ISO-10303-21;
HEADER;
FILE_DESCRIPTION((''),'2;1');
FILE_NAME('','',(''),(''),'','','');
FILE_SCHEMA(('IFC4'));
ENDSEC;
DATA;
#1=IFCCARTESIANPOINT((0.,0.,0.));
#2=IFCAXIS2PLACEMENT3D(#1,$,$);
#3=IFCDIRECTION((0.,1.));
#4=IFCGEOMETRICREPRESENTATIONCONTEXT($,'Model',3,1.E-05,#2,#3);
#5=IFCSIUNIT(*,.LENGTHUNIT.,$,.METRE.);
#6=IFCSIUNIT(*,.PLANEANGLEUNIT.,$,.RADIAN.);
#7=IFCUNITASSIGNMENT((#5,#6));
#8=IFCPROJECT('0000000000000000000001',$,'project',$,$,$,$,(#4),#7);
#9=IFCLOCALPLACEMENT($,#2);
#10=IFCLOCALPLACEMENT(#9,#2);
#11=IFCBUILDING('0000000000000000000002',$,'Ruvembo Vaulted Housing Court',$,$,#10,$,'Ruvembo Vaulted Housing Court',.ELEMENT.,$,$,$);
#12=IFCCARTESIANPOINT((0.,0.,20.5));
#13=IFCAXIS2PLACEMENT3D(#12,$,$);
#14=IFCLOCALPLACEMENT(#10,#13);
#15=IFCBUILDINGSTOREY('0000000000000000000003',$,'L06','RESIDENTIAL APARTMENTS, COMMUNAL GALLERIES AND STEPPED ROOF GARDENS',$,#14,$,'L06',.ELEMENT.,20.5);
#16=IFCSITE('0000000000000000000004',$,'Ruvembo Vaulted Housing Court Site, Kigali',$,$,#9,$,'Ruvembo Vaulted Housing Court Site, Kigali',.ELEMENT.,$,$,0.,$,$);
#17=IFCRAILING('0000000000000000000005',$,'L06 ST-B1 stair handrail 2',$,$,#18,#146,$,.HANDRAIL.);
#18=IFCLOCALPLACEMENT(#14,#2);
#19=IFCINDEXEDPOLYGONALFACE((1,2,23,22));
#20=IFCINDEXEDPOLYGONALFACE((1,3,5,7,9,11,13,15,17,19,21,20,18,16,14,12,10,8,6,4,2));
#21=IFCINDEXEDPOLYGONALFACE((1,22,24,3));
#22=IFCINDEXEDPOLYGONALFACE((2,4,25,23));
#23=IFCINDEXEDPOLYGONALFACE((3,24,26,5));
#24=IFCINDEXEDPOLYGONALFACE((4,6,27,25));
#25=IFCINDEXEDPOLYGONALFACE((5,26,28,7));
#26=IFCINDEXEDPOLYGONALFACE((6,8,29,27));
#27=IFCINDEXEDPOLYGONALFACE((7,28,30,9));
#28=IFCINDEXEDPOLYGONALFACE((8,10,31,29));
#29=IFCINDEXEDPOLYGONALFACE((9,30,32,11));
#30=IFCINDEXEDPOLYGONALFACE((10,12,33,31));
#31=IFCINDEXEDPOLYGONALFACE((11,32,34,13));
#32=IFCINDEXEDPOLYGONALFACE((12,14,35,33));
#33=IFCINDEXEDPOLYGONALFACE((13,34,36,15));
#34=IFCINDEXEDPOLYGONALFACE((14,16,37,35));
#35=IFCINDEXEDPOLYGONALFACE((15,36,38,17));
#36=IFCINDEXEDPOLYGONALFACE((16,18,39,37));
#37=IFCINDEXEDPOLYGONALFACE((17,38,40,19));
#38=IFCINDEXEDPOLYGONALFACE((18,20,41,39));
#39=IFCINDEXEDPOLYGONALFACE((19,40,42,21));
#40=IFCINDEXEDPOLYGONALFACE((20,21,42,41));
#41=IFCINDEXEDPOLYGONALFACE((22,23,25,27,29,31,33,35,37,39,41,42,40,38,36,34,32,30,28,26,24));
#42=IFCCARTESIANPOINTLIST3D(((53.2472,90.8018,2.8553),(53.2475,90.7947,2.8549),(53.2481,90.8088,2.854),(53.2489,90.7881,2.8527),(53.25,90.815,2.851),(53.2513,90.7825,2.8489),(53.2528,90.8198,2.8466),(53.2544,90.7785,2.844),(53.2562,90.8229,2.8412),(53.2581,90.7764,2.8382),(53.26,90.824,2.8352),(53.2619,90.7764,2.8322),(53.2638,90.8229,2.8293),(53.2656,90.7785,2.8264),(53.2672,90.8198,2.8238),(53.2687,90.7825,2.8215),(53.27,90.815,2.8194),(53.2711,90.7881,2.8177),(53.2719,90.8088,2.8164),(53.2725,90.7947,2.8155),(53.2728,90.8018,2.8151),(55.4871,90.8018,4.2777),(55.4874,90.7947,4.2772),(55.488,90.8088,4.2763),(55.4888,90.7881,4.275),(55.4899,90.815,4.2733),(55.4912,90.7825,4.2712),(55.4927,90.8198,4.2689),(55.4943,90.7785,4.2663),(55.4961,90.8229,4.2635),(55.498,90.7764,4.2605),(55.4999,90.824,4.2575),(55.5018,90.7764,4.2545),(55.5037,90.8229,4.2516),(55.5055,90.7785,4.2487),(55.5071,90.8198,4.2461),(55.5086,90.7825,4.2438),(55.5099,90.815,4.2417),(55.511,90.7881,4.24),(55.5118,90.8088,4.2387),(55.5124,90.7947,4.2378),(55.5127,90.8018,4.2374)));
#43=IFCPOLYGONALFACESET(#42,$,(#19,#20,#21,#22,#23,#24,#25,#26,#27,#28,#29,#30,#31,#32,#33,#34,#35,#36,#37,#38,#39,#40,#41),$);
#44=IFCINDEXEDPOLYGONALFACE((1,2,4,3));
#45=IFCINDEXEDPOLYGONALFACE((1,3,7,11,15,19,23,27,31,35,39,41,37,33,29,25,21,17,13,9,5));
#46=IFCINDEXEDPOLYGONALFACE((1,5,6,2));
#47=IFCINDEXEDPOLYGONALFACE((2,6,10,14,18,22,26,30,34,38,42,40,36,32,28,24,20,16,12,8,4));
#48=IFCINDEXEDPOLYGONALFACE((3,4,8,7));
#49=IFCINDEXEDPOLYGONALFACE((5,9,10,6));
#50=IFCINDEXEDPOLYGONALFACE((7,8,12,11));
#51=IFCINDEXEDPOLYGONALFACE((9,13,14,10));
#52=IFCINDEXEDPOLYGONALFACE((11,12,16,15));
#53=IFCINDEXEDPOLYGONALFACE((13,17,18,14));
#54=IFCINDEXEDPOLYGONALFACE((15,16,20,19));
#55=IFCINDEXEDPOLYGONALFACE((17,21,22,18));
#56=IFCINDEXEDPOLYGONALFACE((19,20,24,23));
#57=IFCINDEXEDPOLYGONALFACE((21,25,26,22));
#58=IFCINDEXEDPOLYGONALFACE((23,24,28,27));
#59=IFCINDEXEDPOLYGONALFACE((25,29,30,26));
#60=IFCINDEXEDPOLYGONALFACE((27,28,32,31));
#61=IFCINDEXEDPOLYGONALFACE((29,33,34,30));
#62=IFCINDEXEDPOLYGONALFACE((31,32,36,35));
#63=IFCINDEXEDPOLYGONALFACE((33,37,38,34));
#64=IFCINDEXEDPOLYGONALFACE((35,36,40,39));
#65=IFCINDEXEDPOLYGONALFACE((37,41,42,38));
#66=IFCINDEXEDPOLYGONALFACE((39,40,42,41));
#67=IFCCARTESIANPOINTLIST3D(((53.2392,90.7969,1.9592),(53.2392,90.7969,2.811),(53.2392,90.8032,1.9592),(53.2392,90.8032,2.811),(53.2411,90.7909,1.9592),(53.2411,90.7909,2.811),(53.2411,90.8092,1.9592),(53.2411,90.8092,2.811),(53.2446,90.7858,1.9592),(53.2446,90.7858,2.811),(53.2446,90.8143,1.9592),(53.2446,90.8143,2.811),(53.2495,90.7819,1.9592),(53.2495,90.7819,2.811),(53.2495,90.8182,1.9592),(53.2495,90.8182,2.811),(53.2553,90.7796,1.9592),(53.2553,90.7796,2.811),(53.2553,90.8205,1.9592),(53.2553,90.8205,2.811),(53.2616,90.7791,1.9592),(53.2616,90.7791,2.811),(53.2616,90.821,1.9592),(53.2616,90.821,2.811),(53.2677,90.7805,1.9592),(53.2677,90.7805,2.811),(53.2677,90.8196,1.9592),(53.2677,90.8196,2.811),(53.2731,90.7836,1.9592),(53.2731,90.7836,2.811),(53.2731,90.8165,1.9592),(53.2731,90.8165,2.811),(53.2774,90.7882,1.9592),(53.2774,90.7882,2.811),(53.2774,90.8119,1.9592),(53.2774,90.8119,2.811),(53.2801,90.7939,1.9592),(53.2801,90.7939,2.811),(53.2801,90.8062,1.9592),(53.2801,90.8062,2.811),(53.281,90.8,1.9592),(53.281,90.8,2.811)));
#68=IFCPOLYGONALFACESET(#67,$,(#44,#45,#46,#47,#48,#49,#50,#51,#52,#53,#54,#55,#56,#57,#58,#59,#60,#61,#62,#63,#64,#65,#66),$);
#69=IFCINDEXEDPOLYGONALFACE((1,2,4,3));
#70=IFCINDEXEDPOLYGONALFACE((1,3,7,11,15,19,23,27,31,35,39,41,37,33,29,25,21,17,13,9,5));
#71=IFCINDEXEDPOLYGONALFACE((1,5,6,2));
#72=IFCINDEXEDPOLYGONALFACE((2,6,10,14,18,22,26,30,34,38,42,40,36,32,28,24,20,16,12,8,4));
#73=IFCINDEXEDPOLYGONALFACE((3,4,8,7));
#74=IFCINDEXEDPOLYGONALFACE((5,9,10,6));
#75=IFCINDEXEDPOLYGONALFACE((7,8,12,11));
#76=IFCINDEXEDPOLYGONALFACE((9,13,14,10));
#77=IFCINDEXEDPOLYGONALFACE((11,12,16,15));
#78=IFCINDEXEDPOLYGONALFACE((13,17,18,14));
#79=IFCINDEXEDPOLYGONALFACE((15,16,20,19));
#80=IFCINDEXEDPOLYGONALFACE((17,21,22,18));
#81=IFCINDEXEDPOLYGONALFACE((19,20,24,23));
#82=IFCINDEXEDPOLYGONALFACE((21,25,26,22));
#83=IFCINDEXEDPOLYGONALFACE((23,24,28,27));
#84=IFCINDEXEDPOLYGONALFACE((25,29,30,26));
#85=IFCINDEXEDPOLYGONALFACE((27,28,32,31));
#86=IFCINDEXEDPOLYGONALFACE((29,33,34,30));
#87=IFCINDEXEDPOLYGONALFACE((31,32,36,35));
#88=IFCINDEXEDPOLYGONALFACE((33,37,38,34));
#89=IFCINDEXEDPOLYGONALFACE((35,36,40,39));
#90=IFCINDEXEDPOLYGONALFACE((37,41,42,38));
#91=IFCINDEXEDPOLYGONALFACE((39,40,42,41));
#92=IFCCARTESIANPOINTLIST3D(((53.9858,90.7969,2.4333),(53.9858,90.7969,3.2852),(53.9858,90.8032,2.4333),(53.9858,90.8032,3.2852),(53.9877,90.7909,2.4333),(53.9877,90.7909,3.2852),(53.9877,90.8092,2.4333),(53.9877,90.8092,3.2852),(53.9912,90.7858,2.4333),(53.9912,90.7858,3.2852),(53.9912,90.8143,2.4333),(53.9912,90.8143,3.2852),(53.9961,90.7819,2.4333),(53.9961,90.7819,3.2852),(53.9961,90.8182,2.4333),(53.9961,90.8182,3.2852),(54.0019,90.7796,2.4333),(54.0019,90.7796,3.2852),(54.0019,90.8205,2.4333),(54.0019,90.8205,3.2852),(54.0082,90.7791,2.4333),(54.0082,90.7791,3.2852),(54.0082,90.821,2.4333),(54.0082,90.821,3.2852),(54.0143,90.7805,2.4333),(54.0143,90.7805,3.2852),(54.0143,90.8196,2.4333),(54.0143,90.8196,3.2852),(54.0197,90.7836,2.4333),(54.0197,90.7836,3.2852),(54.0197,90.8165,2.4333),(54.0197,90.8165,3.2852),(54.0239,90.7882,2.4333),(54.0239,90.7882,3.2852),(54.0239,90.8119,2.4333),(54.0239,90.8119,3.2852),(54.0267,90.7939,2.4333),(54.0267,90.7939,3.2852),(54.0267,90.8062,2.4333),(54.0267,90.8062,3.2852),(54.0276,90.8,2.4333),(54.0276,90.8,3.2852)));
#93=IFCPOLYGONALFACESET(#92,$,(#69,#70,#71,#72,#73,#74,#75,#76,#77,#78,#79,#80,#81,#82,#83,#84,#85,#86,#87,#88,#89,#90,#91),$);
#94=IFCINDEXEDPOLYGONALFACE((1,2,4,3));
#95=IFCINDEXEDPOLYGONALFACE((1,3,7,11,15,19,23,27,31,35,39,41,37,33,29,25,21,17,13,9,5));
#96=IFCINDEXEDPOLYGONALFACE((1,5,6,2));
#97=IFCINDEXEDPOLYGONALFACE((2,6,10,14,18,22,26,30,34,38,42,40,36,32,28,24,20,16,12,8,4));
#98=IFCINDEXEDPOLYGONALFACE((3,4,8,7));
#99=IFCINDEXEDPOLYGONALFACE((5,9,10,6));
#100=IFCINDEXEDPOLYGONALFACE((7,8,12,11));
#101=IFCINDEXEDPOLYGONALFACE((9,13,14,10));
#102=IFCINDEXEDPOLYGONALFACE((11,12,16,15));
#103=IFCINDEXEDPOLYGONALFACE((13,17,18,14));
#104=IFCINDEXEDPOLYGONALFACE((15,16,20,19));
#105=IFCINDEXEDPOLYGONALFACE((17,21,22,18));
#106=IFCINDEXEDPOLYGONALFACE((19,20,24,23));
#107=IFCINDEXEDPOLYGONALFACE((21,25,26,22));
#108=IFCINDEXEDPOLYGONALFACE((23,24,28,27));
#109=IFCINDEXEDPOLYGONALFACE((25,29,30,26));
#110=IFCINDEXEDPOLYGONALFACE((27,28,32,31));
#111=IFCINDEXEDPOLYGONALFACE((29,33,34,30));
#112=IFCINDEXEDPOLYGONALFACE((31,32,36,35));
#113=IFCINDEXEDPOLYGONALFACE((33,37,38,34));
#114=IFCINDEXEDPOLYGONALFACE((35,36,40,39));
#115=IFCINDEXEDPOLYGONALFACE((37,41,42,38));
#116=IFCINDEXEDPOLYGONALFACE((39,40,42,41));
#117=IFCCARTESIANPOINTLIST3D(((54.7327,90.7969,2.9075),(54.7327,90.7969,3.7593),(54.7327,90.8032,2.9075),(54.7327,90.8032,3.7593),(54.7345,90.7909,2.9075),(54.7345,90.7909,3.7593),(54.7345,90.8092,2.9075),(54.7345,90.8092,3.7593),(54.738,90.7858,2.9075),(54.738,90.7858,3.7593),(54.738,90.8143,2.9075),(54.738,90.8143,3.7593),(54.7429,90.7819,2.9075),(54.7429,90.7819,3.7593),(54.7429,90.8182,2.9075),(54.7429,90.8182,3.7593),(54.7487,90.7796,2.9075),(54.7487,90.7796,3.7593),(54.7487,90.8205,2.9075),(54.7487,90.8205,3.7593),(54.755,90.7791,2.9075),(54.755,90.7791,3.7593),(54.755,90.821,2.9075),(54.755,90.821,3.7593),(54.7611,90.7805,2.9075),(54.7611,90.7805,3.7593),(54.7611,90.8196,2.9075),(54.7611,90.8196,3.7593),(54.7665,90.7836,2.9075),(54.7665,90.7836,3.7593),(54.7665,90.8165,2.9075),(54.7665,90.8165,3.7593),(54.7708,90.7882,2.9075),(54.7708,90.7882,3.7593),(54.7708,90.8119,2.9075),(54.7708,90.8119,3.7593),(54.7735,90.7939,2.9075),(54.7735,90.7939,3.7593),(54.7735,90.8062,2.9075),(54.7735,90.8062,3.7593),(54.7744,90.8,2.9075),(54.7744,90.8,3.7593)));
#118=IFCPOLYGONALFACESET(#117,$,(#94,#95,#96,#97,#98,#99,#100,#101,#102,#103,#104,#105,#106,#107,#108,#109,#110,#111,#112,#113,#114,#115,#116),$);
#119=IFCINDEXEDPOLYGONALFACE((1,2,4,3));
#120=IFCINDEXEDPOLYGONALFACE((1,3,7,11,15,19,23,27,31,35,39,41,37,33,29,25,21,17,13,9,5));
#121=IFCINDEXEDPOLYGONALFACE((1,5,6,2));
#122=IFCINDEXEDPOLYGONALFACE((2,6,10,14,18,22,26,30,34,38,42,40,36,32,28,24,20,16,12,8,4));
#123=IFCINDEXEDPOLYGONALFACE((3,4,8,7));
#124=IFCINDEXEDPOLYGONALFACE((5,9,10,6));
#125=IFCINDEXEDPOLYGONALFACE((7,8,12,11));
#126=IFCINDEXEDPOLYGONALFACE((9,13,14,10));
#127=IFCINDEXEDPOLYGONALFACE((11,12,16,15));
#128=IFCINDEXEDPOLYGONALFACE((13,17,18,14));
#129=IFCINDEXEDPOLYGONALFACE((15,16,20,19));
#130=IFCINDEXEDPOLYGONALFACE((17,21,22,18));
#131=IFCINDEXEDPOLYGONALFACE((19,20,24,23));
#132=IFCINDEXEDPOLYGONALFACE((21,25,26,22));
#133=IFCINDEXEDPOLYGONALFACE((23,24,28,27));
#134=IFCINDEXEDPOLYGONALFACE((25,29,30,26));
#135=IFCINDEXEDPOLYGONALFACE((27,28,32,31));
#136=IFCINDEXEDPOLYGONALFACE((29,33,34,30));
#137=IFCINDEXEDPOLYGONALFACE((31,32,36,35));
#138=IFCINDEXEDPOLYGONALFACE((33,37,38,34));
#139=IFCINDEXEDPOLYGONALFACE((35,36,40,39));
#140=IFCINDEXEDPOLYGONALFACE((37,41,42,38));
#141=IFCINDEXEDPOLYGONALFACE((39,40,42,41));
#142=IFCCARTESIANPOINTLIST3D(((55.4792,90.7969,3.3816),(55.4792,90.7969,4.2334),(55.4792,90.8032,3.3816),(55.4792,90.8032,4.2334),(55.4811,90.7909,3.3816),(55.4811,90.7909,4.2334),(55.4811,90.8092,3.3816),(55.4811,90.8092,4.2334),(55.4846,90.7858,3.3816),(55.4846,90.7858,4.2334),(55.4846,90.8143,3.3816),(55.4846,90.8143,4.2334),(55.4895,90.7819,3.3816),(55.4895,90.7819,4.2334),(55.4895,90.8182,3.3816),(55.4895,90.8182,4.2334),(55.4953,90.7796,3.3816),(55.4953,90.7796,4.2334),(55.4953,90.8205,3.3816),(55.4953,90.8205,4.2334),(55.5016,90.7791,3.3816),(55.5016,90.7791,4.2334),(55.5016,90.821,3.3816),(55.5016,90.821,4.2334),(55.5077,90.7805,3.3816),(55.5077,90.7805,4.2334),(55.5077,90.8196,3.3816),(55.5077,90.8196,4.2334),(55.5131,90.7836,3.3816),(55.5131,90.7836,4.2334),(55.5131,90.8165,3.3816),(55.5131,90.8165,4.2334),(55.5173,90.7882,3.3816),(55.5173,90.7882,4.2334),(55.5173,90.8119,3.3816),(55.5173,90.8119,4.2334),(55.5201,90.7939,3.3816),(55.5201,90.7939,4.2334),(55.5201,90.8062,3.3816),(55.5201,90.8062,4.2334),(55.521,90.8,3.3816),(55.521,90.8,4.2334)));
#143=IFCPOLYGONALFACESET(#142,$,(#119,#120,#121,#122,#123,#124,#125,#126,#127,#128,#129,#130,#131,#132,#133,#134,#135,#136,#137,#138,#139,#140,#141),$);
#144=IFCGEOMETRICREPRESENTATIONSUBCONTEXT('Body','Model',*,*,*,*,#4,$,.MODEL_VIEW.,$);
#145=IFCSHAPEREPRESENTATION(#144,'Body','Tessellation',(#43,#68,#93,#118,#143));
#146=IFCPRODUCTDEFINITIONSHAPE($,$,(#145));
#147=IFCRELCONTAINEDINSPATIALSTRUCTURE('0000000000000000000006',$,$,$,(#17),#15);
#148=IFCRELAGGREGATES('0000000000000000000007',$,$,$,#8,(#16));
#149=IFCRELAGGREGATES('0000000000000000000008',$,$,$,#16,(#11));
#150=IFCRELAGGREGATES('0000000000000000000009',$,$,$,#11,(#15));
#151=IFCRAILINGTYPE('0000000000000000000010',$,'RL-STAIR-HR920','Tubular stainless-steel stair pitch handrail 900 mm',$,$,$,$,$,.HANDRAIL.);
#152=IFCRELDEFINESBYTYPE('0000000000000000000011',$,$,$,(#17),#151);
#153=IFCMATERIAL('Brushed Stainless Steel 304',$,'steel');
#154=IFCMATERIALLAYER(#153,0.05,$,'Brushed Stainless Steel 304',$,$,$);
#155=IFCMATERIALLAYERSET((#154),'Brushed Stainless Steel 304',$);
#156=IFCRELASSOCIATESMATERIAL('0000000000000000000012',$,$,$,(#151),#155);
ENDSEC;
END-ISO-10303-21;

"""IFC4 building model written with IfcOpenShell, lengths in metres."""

from ifc_helpers import new_model, si_unit, direction, frame, origin, origin_2d, place, context, subcontext, project, spatial, circle, extrude, material, layer, layer_set, type_object, element, save


model = new_model("IFC4")

# Units and contexts
model_context = context("Model", 3, precision=1e-05, world=origin(), true_north=direction((0.0, 1.0)))
body_context = subcontext(model_context, "Body", "Model", "MODEL_VIEW")
ifc_project = project(units=[si_unit("LENGTHUNIT", "METRE"), si_unit("PLANEANGLEUNIT", "RADIAN")], contexts=[model_context])

# Site, building, storey
site_placement = place(None, origin())
site = spatial("IfcSite", under=ifc_project, at=site_placement, Name="Ruvembo Vaulted Housing Court Site, Kigali", LongName="Ruvembo Vaulted Housing Court Site, Kigali", CompositionType="ELEMENT", RefElevation=0.0)
building_placement = place(site_placement, origin())
building = spatial("IfcBuilding", under=site, at=building_placement, Name="Ruvembo Vaulted Housing Court", LongName="Ruvembo Vaulted Housing Court", CompositionType="ELEMENT")
storey_placement = place(building_placement, frame((0.0, 0.0, 20.5)))
storey = spatial("IfcBuildingStorey", under=building, at=storey_placement, Name="L06", Description="RESIDENTIAL APARTMENTS, COMMUNAL GALLERIES AND STEPPED ROOF GARDENS", LongName="L06", CompositionType="ELEMENT", Elevation=20.5)

# Railing
ifc_material_1 = material(Name="Brushed Stainless Steel 304", Category="steel")
ifc_layer_1 = layer(ifc_material_1, 0.05, Name="Brushed Stainless Steel 304")
ifc_layer_set_1 = layer_set([ifc_layer_1], Name="Brushed Stainless Steel 304")
railing_type_1 = type_object("IfcRailingType", Name="RL-STAIR-HR920", Description="Tubular stainless-steel stair pitch handrail 900 mm", PredefinedType="HANDRAIL", material=ifc_layer_set_1)
railing_1_placement = place(storey_placement, frame((53.26, 90.8, 1.9592)))
element("IfcRailing", 1, at=railing_1_placement, inside=storey, type_object=railing_type_1, Name="L06 ST-B1 stair handrail 2", PredefinedType="HANDRAIL", context=body_context, shape_type="SweptSolid", body=[
    extrude(circle(Radius=0.0239, at=origin_2d()), frame((0.0, 0.0, 0.876), z_axis=(0.844188, 0.0, 0.536048), x_axis=(0.0, 1.0, 0.0)), (0.0, 0.0, 1.0), 2.6533),
    extrude(circle(Radius=0.021, at=origin_2d()), origin(), (0.0, 0.0, 1.0), 0.8518),
    extrude(circle(Radius=0.021, at=origin_2d()), frame((0.7466, 0.0, 0.4741)), (0.0, 0.0, 1.0), 0.8518),
    extrude(circle(Radius=0.021, at=origin_2d()), frame((1.4934, 0.0, 0.9482)), (0.0, 0.0, 1.0), 0.8518),
    extrude(circle(Radius=0.021, at=origin_2d()), frame((2.24, 0.0, 1.4224)), (0.0, 0.0, 1.0), 0.8518),
])

save(model, "model.ifc")
